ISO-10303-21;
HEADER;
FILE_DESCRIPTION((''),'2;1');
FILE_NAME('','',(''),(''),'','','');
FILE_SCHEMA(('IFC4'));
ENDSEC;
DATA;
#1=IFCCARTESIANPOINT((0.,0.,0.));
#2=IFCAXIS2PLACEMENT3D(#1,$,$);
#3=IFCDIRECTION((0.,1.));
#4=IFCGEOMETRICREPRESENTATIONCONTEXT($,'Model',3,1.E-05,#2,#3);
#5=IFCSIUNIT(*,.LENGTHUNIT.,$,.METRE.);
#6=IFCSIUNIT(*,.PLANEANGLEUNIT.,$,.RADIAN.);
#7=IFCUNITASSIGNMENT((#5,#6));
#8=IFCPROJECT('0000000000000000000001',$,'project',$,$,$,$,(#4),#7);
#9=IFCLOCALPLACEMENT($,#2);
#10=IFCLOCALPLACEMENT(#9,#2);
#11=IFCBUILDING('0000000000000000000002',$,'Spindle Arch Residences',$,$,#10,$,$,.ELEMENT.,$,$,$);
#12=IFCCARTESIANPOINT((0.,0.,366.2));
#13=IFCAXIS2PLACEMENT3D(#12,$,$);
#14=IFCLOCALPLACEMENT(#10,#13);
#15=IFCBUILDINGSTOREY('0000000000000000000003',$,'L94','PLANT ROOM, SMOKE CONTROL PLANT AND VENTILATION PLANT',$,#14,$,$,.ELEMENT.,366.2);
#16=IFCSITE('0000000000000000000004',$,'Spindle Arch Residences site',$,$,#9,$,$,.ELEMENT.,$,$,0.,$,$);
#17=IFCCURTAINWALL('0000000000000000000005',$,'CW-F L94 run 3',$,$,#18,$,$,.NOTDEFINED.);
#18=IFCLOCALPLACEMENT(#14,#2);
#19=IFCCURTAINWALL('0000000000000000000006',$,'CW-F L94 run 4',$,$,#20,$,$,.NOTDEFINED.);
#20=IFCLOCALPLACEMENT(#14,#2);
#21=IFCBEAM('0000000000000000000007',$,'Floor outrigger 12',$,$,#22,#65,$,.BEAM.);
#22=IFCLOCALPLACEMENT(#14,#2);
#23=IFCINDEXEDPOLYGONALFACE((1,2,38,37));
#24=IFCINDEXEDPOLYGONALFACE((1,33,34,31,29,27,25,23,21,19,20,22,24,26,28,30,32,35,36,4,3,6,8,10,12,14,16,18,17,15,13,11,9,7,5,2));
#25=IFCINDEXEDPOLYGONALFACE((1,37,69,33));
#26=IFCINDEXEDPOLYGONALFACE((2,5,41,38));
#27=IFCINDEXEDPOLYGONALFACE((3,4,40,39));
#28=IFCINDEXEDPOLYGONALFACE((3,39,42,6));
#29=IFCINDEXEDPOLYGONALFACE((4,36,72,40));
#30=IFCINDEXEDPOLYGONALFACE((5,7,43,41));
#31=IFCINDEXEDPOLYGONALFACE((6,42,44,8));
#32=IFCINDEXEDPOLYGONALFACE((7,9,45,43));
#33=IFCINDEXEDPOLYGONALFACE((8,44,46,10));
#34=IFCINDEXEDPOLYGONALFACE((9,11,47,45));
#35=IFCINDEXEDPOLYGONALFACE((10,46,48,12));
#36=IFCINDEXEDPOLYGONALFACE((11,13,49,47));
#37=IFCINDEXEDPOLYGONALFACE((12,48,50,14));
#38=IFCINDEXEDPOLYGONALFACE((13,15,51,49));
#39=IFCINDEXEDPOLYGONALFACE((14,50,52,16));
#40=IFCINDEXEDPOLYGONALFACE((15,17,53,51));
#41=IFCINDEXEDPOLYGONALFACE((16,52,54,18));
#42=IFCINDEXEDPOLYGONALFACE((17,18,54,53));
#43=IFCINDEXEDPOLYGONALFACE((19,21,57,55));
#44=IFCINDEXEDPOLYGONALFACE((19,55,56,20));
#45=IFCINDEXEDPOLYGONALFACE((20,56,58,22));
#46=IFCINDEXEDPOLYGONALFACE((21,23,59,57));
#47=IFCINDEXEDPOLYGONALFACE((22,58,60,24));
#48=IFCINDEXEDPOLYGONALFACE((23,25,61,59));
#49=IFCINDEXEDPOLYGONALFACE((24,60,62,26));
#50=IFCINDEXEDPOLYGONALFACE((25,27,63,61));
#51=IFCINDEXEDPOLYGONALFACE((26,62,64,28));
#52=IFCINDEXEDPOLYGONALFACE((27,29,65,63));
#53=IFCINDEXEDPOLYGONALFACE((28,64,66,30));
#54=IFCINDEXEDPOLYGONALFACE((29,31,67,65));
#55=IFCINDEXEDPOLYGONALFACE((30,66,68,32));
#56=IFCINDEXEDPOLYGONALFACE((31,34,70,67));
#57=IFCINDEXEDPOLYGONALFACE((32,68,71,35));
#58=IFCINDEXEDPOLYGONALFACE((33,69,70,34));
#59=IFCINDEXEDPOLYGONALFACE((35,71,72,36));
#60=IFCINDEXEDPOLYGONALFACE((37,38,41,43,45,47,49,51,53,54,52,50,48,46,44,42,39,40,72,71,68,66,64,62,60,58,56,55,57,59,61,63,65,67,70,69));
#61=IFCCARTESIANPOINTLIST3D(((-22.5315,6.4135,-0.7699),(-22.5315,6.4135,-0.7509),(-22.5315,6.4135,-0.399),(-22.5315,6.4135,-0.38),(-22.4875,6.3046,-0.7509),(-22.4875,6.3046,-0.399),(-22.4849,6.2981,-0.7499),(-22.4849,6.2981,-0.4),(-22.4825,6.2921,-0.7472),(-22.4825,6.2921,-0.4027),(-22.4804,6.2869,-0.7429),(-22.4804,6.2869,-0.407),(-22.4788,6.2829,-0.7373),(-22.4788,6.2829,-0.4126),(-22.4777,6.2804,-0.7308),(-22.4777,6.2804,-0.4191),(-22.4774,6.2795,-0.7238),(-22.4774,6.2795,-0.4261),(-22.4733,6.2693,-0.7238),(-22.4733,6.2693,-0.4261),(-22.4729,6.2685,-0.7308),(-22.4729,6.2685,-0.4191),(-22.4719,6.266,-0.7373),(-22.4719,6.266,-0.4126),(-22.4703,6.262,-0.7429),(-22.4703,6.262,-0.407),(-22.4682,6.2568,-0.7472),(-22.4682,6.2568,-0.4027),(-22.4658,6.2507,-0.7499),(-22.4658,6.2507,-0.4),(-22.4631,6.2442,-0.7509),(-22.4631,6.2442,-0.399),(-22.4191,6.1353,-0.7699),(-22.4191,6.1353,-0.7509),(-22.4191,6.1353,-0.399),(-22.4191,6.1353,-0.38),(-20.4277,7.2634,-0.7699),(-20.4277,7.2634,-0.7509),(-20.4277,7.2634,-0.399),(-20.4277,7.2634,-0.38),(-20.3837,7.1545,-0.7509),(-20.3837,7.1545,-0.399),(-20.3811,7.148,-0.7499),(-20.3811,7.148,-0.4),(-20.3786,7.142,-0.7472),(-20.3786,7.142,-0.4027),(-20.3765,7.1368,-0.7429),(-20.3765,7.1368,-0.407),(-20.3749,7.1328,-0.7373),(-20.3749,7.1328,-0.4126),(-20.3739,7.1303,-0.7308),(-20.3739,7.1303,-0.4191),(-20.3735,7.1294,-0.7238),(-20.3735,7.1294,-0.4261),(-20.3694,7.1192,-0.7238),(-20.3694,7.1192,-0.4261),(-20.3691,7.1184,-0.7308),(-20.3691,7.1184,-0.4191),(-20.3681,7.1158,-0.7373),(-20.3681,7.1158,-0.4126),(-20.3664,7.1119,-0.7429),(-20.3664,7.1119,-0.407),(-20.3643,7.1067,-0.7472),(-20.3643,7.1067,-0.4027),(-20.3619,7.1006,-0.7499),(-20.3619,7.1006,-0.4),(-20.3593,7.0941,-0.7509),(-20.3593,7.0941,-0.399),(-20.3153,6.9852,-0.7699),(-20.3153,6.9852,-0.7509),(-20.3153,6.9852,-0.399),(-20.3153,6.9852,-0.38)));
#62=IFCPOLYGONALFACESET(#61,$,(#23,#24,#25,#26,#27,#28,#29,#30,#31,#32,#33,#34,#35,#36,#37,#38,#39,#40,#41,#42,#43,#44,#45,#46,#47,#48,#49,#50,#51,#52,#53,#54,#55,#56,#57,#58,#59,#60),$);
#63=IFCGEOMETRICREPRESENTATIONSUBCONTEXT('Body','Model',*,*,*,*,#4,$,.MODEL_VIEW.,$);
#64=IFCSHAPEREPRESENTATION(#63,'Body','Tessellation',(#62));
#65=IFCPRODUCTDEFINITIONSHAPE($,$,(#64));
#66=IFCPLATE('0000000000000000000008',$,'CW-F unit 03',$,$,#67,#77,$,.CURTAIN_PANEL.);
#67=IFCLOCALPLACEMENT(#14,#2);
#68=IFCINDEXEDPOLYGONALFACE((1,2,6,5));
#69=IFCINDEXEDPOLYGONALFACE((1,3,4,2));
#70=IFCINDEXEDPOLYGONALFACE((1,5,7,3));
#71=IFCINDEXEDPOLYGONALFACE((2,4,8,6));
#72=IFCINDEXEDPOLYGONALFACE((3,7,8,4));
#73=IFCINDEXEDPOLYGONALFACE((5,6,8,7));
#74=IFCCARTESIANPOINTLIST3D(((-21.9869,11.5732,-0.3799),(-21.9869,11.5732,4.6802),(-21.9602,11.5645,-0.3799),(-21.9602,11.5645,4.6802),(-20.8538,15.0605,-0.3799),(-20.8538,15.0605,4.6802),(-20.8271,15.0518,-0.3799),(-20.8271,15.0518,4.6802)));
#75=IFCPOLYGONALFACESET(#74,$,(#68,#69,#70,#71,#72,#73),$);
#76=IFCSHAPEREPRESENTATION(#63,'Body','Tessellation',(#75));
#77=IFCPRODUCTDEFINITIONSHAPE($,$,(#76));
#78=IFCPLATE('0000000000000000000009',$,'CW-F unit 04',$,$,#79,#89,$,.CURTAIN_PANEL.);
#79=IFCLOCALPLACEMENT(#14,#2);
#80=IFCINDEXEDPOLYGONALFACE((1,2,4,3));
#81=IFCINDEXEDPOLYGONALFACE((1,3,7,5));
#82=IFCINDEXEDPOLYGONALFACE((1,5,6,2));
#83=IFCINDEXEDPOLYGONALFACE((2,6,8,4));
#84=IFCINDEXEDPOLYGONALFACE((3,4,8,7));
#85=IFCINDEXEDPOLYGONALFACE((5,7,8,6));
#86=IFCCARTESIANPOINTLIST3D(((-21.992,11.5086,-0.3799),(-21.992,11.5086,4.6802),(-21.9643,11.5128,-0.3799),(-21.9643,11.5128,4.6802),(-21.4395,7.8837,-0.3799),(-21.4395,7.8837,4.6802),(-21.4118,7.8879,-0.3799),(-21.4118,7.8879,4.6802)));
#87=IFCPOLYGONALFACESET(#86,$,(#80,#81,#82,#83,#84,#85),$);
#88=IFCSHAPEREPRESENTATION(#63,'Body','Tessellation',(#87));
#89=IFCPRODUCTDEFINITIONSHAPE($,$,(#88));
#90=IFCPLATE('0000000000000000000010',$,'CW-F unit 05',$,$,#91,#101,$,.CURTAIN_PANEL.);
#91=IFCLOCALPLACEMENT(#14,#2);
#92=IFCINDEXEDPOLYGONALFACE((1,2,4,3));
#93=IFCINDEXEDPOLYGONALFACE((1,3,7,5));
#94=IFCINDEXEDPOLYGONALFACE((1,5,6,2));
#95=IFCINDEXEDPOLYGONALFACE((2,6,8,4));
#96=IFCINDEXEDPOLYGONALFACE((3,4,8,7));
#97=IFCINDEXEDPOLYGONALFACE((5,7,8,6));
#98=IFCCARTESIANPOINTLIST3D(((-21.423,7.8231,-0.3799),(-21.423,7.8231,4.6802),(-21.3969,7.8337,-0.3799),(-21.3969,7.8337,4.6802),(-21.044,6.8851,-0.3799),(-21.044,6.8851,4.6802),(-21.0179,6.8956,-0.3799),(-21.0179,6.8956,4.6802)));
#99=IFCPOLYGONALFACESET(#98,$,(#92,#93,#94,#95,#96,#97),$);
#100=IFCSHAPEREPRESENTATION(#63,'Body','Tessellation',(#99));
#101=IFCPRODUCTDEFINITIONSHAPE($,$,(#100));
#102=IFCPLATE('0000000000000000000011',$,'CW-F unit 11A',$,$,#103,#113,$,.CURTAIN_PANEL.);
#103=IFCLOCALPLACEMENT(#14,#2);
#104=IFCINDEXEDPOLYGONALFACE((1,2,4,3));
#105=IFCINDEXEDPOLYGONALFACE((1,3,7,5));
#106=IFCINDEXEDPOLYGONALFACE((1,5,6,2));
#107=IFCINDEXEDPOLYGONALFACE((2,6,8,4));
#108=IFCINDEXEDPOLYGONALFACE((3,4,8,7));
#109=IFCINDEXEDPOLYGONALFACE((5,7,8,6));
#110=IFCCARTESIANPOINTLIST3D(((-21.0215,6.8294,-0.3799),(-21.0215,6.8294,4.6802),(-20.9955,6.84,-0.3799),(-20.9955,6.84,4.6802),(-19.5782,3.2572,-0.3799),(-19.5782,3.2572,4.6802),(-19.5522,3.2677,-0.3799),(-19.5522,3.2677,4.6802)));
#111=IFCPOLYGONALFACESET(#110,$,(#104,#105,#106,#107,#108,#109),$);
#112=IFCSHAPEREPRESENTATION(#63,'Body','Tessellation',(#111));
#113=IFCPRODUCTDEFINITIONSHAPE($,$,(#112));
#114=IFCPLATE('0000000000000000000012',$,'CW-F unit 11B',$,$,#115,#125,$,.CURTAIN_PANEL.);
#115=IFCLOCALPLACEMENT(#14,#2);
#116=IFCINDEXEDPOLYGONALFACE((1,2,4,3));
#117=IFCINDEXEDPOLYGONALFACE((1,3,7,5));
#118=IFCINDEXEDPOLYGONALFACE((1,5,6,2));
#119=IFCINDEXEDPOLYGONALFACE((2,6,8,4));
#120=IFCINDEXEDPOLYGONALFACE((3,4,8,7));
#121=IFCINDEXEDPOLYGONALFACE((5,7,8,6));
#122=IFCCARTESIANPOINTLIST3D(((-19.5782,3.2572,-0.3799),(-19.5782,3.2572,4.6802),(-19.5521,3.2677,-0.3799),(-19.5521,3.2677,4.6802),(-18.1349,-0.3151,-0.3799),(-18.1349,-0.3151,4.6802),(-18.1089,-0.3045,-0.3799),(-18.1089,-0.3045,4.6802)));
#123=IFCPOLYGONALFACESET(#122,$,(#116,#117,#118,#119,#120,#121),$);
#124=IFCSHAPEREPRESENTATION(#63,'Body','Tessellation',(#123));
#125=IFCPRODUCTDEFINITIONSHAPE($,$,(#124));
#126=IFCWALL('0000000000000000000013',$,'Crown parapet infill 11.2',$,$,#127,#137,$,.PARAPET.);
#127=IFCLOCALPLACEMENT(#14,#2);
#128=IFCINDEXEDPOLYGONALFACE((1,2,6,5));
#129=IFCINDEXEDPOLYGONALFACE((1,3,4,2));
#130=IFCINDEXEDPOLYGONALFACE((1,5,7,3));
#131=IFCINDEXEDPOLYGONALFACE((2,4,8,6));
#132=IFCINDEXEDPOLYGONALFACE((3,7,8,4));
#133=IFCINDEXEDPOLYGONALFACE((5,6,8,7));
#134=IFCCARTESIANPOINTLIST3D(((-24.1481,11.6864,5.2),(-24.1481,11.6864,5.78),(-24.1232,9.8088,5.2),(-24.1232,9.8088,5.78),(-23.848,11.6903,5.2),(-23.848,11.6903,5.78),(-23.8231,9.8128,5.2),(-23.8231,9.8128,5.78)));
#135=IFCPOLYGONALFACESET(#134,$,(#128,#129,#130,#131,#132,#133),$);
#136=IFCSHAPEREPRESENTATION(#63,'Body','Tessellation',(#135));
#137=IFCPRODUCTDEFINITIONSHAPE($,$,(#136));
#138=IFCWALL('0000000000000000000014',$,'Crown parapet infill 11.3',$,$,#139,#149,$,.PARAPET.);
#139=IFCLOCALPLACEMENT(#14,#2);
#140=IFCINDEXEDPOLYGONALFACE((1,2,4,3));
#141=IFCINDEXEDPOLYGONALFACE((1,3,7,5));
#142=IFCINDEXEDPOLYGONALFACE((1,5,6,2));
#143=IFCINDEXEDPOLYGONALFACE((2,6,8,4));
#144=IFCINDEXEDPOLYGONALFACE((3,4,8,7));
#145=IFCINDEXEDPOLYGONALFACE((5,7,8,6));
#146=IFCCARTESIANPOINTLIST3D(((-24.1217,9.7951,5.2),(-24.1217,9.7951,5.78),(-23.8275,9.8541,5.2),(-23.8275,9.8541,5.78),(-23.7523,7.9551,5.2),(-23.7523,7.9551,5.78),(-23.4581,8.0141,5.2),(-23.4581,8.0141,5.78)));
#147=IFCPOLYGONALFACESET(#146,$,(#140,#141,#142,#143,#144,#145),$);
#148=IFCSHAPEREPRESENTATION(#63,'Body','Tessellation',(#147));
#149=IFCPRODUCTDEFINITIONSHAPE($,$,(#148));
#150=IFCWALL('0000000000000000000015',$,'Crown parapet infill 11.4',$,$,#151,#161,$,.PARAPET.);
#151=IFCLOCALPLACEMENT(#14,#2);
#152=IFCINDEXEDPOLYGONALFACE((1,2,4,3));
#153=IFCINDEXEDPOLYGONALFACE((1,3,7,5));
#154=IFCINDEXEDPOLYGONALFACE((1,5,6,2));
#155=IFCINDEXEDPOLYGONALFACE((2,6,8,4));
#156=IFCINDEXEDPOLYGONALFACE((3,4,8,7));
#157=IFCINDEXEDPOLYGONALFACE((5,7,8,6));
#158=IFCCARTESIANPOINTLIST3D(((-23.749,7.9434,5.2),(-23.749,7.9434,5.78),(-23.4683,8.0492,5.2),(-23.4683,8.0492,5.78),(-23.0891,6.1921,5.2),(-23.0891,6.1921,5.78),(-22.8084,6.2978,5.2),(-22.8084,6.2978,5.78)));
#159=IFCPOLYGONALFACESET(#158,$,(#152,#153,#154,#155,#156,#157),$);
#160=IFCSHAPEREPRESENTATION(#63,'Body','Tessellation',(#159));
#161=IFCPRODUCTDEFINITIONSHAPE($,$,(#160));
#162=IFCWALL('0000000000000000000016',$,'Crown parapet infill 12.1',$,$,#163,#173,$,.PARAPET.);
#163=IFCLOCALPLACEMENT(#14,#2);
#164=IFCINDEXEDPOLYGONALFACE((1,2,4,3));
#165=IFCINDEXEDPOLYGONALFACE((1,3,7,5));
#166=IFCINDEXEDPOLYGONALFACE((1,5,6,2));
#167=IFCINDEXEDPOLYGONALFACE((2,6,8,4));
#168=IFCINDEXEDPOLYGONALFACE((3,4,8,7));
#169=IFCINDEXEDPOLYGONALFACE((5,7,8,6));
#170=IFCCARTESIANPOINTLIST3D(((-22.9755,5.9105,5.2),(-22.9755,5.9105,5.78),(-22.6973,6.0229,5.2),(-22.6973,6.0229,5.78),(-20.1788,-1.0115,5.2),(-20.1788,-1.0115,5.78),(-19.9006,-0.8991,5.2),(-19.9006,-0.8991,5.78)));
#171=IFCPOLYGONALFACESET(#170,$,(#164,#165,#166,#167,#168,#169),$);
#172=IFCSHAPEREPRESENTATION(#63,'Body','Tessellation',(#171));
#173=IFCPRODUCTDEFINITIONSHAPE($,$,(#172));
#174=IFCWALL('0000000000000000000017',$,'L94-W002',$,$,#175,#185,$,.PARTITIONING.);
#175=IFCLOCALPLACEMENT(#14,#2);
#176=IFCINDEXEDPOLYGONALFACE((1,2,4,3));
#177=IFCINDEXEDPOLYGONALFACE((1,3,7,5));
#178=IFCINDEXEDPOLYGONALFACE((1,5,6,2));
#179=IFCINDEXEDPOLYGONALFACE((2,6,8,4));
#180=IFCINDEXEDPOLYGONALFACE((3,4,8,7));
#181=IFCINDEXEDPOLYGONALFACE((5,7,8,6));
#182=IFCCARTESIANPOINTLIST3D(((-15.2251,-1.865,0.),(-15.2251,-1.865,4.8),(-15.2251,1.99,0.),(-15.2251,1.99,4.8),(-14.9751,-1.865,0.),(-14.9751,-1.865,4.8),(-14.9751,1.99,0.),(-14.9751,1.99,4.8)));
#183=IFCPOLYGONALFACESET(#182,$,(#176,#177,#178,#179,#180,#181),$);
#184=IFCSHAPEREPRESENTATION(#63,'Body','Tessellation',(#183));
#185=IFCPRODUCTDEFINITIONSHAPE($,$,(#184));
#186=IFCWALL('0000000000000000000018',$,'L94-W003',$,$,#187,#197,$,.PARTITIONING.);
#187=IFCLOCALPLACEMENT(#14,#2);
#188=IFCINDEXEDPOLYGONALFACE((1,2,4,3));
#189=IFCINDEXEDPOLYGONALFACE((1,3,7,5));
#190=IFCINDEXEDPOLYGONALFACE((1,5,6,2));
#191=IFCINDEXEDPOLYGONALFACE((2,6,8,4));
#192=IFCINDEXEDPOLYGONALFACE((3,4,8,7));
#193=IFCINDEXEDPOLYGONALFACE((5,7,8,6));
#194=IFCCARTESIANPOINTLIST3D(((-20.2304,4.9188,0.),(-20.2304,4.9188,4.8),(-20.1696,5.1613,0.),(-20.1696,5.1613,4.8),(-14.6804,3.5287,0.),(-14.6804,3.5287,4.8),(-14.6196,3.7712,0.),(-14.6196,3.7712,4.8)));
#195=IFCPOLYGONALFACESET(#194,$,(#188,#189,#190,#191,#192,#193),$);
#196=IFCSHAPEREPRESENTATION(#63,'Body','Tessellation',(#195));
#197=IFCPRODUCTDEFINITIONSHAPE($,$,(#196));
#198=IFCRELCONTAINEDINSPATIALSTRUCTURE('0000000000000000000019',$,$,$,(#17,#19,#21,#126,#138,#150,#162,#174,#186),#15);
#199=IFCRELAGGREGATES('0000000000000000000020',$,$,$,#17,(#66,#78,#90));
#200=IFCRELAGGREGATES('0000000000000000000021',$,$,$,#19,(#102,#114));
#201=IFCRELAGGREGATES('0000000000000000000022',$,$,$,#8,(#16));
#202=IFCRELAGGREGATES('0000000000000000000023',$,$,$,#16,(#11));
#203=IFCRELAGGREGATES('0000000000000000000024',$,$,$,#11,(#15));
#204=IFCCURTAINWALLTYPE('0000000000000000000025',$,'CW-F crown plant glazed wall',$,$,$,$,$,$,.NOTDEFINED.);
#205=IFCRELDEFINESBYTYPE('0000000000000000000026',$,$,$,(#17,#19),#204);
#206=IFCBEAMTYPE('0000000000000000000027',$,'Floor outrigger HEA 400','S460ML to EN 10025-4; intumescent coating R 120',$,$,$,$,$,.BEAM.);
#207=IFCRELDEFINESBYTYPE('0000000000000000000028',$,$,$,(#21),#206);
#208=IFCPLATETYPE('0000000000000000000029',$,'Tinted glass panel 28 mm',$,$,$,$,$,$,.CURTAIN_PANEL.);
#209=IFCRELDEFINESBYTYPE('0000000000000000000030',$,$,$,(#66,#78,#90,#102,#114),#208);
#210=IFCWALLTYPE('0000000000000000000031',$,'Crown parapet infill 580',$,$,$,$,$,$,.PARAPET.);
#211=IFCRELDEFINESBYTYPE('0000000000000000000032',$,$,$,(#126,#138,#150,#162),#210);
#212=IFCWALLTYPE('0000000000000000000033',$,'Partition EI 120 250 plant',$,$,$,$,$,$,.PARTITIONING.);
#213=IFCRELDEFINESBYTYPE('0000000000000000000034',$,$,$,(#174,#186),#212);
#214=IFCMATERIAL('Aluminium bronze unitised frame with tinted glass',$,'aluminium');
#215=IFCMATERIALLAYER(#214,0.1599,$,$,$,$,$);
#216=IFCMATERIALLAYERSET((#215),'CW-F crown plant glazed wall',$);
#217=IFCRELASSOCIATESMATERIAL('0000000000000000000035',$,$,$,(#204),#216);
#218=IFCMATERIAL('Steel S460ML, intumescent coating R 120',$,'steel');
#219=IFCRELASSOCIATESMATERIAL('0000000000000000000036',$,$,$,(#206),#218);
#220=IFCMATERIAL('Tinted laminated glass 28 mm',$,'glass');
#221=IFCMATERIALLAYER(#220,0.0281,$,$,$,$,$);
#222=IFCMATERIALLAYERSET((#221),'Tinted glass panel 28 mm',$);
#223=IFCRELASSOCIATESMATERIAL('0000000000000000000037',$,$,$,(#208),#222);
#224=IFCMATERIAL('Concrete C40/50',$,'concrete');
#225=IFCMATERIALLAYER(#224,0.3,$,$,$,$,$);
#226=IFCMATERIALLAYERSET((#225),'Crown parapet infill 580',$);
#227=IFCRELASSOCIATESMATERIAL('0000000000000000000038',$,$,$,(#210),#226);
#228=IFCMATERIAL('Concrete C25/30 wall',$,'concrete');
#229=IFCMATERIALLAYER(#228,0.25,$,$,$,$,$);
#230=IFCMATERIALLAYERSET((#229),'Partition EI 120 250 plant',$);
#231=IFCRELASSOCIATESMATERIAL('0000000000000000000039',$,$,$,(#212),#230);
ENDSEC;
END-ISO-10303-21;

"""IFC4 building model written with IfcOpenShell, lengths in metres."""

from ifc_helpers import new_model, si_unit, direction, frame, frame_2d, origin, origin_2d, place, context, subcontext, project, spatial, rectangle, i_section, extrude, material, layer, layer_set, material_profile, profile_set, type_object, element, aggregate, save


model = new_model("IFC4")

# Units and contexts
model_context = context("Model", 3, precision=1e-05, world=origin(), true_north=direction((0.0, 1.0)))
body_context = subcontext(model_context, "Body", "Model", "MODEL_VIEW")
ifc_project = project(units=[si_unit("LENGTHUNIT", "METRE"), si_unit("PLANEANGLEUNIT", "RADIAN")], contexts=[model_context])

# Site, building, storey
site_placement = place(None, origin())
site = spatial("IfcSite", under=ifc_project, at=site_placement, Name="Spindle Arch Residences site", CompositionType="ELEMENT", RefElevation=0.0)
building_placement = place(site_placement, origin())
building = spatial("IfcBuilding", under=site, at=building_placement, Name="Spindle Arch Residences", CompositionType="ELEMENT")
storey_placement = place(building_placement, frame((0.0, 0.0, 366.2)))
storey = spatial("IfcBuildingStorey", under=building, at=storey_placement, Name="L94", Description="PLANT ROOM, SMOKE CONTROL PLANT AND VENTILATION PLANT", CompositionType="ELEMENT", Elevation=366.2)

# Curtain wall
ifc_material_1 = material(Name="Aluminium bronze unitised frame with tinted glass", Category="aluminium")
ifc_layer_1 = layer(ifc_material_1, 0.1599)
ifc_layer_set_1 = layer_set([ifc_layer_1], Name="CW-F crown plant glazed wall")
curtain_wall_type = type_object("IfcCurtainWallType", Name="CW-F crown plant glazed wall", PredefinedType="NOTDEFINED", material=ifc_layer_set_1)
curtain_wall_1_placement = place(storey_placement, origin())
curtain_wall_1 = element("IfcCurtainWall", 1, at=curtain_wall_1_placement, inside=storey, type_object=curtain_wall_type, Name="CW-F L94 run 3", PredefinedType="NOTDEFINED")

# Curtain wall
curtain_wall_2_placement = place(storey_placement, origin())
curtain_wall_2 = element("IfcCurtainWall", 2, at=curtain_wall_2_placement, inside=storey, type_object=curtain_wall_type, Name="CW-F L94 run 4", PredefinedType="NOTDEFINED")

# Beam
ifc_material_2 = material(Name="Steel S460ML, intumescent coating R 120", Category="steel")
ifc_material_profile_1 = material_profile(ifc_material_2, i_section(OverallWidth=0.3, OverallDepth=0.3899, WebThickness=0.011, FlangeThickness=0.019, FilletRadius=0.0271, at=origin_2d()), Name="HEA 400")
ifc_profile_set_1 = profile_set([ifc_material_profile_1], Name="Steel S460ML, intumescent coating R 120")
beam_type_1 = type_object("IfcBeamType", Name="Floor outrigger HEA 400", Description="S460ML to EN 10025-4; intumescent coating R 120", PredefinedType="BEAM", material=ifc_profile_set_1)
beam_1_placement = place(storey_placement, frame((-22.4753, 6.2744, -0.575), z_axis=(0.927202, 0.374561, 0.0), x_axis=(-0.374561, 0.927202, 0.0)))
element("IfcBeam", 3, at=beam_1_placement, inside=storey, type_object=beam_type_1, Name="Floor outrigger 12", PredefinedType="BEAM", context=body_context, shape_type="SweptSolid", body=[
    extrude(i_section(OverallWidth=0.3, OverallDepth=0.3899, WebThickness=0.011, FlangeThickness=0.019, FilletRadius=0.0271, at=origin_2d()), origin(), (0.0, 0.0, 1.0), 2.269),
])

# Plates
ifc_material_3 = material(Name="Tinted laminated glass 28 mm", Category="glass")
ifc_layer_2 = layer(ifc_material_3, 0.0281)
ifc_layer_set_2 = layer_set([ifc_layer_2], Name="Tinted glass panel 28 mm")
plate_type = type_object("IfcPlateType", Name="Tinted glass panel 28 mm", PredefinedType="CURTAIN_PANEL", material=ifc_layer_set_2)
plate_1_placement = place(storey_placement, frame((-21.407, 13.3125, -0.3799), z_axis=(0.0, 0.0, 1.0), x_axis=(-0.309017, -0.951057, 0.0)))
plate_1 = element("IfcPlate", 4, at=plate_1_placement, type_object=plate_type, Name="CW-F unit 03", PredefinedType="CURTAIN_PANEL", context=body_context, shape_type="SweptSolid", body=[
    extrude(rectangle(XDim=3.6667, YDim=0.0281, at=origin_2d()), origin(), (0.0, 0.0, 1.0), 5.0601),
])
plate_2_placement = place(storey_placement, frame((-21.7019, 9.6982, -0.3799), z_axis=(0.0, 0.0, 1.0), x_axis=(0.150686, -0.988582, 0.0)))
plate_2 = element("IfcPlate", 5, at=plate_2_placement, type_object=plate_type, Name="CW-F unit 04", PredefinedType="CURTAIN_PANEL", context=body_context, shape_type="SweptSolid", body=[
    extrude(rectangle(XDim=3.6667, YDim=0.0281, at=origin_2d()), origin(), (0.0, 0.0, 1.0), 5.0601),
])
plate_3_placement = place(storey_placement, frame((-21.2205, 7.3594, -0.3799), z_axis=(0.0, 0.0, 1.0), x_axis=(0.374607, -0.927184, 0.0)))
plate_3 = element("IfcPlate", 6, at=plate_3_placement, type_object=plate_type, Name="CW-F unit 05", PredefinedType="CURTAIN_PANEL", context=body_context, shape_type="SweptSolid", body=[
    extrude(rectangle(XDim=1.0117, YDim=0.0281, at=origin_2d()), origin(), (0.0, 0.0, 1.0), 5.0601),
])
aggregate(curtain_wall_1, [plate_1, plate_2, plate_3])
plate_4_placement = place(storey_placement, frame((-20.2869, 5.0486, -0.3799), z_axis=(0.0, 0.0, 1.0), x_axis=(0.374607, -0.927184, 0.0)))
plate_4 = element("IfcPlate", 7, at=plate_4_placement, type_object=plate_type, Name="CW-F unit 11A", PredefinedType="CURTAIN_PANEL", context=body_context, shape_type="SweptSolid", body=[
    extrude(rectangle(XDim=3.8528, YDim=0.0281, at=origin_2d()), origin(), (0.0, 0.0, 1.0), 5.0601),
])
plate_5_placement = place(storey_placement, frame((-18.8435, 1.4763, -0.3799), z_axis=(0.0, 0.0, 1.0), x_axis=(0.374607, -0.927184, 0.0)))
plate_5 = element("IfcPlate", 8, at=plate_5_placement, type_object=plate_type, Name="CW-F unit 11B", PredefinedType="CURTAIN_PANEL", context=body_context, shape_type="SweptSolid", body=[
    extrude(rectangle(XDim=3.8528, YDim=0.0281, at=origin_2d()), origin(), (0.0, 0.0, 1.0), 5.0601),
])
aggregate(curtain_wall_2, [plate_4, plate_5])

# Walls
ifc_material_4 = material(Name="Concrete C40/50", Category="concrete")
ifc_layer_3 = layer(ifc_material_4, 0.3)
ifc_layer_set_3 = layer_set([ifc_layer_3], Name="Crown parapet infill 580")
wall_type_1 = type_object("IfcWallType", Name="Crown parapet infill 580", PredefinedType="PARAPET", material=ifc_layer_set_3)
wall_1_placement = place(storey_placement, frame((-23.998, 11.6885, 5.2), z_axis=(0.0, 0.0, 1.0), x_axis=(0.013263, -0.999912, 0.0)))
element("IfcWall", 9, at=wall_1_placement, inside=storey, type_object=wall_type_1, Name="Crown parapet infill 11.2", PredefinedType="PARAPET", context=body_context, shape_type="SweptSolid", body=[
    extrude(rectangle(XDim=1.8777, YDim=0.3, at=frame_2d((0.939, 0.0))), origin(), (0.0, 0.0, 1.0), 0.5801),
])
wall_2_placement = place(storey_placement, frame((-23.9746, 9.8247, 5.2), z_axis=(0.0, 0.0, 1.0), x_axis=(0.196817, -0.98044, 0.0)))
element("IfcWall", 10, at=wall_2_placement, inside=storey, type_object=wall_type_1, Name="Crown parapet infill 11.3", PredefinedType="PARAPET", context=body_context, shape_type="SweptSolid", body=[
    extrude(rectangle(XDim=1.8767, YDim=0.3, at=frame_2d((0.9385, 0.0))), origin(), (0.0, 0.0, 1.0), 0.5801),
])
wall_3_placement = place(storey_placement, frame((-23.6086, 7.9963, 5.2), z_axis=(0.0, 0.0, 1.0), x_axis=(0.352581, -0.935781, 0.0)))
element("IfcWall", 11, at=wall_3_placement, inside=storey, type_object=wall_type_1, Name="Crown parapet infill 11.4", PredefinedType="PARAPET", context=body_context, shape_type="SweptSolid", body=[
    extrude(rectangle(XDim=1.8716, YDim=0.3, at=frame_2d((0.9358, 0.0))), origin(), (0.0, 0.0, 1.0), 0.5801),
])
wall_4_placement = place(storey_placement, frame((-22.8364, 5.9668, 5.2), z_axis=(0.0, 0.0, 1.0), x_axis=(0.374608, -0.927183, 0.0)))
element("IfcWall", 12, at=wall_4_placement, inside=storey, type_object=wall_type_1, Name="Crown parapet infill 12.1", PredefinedType="PARAPET", context=body_context, shape_type="SweptSolid", body=[
    extrude(rectangle(XDim=7.4656, YDim=0.3, at=frame_2d((3.7329, 0.0))), origin(), (0.0, 0.0, 1.0), 0.5801),
])
ifc_material_5 = material(Name="Concrete C25/30 wall", Category="concrete")
ifc_layer_4 = layer(ifc_material_5, 0.25)
ifc_layer_set_4 = layer_set([ifc_layer_4], Name="Partition EI 120 250 plant")
wall_type_2 = type_object("IfcWallType", Name="Partition EI 120 250 plant", PredefinedType="PARTITIONING", material=ifc_layer_set_4)
wall_5_placement = place(storey_placement, frame((-15.1001, 1.99, 0.0), z_axis=(0.0, 0.0, 1.0), x_axis=(0.0, -1.0, 0.0)))
element("IfcWall", 13, at=wall_5_placement, inside=storey, type_object=wall_type_2, Name="L94-W002", PredefinedType="PARTITIONING", context=body_context, shape_type="SweptSolid", body=[
    extrude(rectangle(XDim=3.855, YDim=0.25, at=frame_2d((1.9275, 0.0))), origin(), (0.0, 0.0, 1.0), 4.8),
])
wall_6_placement = place(storey_placement, frame((-14.6499, 3.6499, 0.0), z_axis=(0.0, 0.0, 1.0), x_axis=(-0.970034, 0.242967, 0.0)))
element("IfcWall", 14, at=wall_6_placement, inside=storey, type_object=wall_type_2, Name="L94-W003", PredefinedType="PARTITIONING", context=body_context, shape_type="SweptSolid", body=[
    extrude(rectangle(XDim=5.7214, YDim=0.25, at=frame_2d((2.8608, 0.0))), origin(), (0.0, 0.0, 1.0), 4.8),
])

save(model, "model.ifc")
